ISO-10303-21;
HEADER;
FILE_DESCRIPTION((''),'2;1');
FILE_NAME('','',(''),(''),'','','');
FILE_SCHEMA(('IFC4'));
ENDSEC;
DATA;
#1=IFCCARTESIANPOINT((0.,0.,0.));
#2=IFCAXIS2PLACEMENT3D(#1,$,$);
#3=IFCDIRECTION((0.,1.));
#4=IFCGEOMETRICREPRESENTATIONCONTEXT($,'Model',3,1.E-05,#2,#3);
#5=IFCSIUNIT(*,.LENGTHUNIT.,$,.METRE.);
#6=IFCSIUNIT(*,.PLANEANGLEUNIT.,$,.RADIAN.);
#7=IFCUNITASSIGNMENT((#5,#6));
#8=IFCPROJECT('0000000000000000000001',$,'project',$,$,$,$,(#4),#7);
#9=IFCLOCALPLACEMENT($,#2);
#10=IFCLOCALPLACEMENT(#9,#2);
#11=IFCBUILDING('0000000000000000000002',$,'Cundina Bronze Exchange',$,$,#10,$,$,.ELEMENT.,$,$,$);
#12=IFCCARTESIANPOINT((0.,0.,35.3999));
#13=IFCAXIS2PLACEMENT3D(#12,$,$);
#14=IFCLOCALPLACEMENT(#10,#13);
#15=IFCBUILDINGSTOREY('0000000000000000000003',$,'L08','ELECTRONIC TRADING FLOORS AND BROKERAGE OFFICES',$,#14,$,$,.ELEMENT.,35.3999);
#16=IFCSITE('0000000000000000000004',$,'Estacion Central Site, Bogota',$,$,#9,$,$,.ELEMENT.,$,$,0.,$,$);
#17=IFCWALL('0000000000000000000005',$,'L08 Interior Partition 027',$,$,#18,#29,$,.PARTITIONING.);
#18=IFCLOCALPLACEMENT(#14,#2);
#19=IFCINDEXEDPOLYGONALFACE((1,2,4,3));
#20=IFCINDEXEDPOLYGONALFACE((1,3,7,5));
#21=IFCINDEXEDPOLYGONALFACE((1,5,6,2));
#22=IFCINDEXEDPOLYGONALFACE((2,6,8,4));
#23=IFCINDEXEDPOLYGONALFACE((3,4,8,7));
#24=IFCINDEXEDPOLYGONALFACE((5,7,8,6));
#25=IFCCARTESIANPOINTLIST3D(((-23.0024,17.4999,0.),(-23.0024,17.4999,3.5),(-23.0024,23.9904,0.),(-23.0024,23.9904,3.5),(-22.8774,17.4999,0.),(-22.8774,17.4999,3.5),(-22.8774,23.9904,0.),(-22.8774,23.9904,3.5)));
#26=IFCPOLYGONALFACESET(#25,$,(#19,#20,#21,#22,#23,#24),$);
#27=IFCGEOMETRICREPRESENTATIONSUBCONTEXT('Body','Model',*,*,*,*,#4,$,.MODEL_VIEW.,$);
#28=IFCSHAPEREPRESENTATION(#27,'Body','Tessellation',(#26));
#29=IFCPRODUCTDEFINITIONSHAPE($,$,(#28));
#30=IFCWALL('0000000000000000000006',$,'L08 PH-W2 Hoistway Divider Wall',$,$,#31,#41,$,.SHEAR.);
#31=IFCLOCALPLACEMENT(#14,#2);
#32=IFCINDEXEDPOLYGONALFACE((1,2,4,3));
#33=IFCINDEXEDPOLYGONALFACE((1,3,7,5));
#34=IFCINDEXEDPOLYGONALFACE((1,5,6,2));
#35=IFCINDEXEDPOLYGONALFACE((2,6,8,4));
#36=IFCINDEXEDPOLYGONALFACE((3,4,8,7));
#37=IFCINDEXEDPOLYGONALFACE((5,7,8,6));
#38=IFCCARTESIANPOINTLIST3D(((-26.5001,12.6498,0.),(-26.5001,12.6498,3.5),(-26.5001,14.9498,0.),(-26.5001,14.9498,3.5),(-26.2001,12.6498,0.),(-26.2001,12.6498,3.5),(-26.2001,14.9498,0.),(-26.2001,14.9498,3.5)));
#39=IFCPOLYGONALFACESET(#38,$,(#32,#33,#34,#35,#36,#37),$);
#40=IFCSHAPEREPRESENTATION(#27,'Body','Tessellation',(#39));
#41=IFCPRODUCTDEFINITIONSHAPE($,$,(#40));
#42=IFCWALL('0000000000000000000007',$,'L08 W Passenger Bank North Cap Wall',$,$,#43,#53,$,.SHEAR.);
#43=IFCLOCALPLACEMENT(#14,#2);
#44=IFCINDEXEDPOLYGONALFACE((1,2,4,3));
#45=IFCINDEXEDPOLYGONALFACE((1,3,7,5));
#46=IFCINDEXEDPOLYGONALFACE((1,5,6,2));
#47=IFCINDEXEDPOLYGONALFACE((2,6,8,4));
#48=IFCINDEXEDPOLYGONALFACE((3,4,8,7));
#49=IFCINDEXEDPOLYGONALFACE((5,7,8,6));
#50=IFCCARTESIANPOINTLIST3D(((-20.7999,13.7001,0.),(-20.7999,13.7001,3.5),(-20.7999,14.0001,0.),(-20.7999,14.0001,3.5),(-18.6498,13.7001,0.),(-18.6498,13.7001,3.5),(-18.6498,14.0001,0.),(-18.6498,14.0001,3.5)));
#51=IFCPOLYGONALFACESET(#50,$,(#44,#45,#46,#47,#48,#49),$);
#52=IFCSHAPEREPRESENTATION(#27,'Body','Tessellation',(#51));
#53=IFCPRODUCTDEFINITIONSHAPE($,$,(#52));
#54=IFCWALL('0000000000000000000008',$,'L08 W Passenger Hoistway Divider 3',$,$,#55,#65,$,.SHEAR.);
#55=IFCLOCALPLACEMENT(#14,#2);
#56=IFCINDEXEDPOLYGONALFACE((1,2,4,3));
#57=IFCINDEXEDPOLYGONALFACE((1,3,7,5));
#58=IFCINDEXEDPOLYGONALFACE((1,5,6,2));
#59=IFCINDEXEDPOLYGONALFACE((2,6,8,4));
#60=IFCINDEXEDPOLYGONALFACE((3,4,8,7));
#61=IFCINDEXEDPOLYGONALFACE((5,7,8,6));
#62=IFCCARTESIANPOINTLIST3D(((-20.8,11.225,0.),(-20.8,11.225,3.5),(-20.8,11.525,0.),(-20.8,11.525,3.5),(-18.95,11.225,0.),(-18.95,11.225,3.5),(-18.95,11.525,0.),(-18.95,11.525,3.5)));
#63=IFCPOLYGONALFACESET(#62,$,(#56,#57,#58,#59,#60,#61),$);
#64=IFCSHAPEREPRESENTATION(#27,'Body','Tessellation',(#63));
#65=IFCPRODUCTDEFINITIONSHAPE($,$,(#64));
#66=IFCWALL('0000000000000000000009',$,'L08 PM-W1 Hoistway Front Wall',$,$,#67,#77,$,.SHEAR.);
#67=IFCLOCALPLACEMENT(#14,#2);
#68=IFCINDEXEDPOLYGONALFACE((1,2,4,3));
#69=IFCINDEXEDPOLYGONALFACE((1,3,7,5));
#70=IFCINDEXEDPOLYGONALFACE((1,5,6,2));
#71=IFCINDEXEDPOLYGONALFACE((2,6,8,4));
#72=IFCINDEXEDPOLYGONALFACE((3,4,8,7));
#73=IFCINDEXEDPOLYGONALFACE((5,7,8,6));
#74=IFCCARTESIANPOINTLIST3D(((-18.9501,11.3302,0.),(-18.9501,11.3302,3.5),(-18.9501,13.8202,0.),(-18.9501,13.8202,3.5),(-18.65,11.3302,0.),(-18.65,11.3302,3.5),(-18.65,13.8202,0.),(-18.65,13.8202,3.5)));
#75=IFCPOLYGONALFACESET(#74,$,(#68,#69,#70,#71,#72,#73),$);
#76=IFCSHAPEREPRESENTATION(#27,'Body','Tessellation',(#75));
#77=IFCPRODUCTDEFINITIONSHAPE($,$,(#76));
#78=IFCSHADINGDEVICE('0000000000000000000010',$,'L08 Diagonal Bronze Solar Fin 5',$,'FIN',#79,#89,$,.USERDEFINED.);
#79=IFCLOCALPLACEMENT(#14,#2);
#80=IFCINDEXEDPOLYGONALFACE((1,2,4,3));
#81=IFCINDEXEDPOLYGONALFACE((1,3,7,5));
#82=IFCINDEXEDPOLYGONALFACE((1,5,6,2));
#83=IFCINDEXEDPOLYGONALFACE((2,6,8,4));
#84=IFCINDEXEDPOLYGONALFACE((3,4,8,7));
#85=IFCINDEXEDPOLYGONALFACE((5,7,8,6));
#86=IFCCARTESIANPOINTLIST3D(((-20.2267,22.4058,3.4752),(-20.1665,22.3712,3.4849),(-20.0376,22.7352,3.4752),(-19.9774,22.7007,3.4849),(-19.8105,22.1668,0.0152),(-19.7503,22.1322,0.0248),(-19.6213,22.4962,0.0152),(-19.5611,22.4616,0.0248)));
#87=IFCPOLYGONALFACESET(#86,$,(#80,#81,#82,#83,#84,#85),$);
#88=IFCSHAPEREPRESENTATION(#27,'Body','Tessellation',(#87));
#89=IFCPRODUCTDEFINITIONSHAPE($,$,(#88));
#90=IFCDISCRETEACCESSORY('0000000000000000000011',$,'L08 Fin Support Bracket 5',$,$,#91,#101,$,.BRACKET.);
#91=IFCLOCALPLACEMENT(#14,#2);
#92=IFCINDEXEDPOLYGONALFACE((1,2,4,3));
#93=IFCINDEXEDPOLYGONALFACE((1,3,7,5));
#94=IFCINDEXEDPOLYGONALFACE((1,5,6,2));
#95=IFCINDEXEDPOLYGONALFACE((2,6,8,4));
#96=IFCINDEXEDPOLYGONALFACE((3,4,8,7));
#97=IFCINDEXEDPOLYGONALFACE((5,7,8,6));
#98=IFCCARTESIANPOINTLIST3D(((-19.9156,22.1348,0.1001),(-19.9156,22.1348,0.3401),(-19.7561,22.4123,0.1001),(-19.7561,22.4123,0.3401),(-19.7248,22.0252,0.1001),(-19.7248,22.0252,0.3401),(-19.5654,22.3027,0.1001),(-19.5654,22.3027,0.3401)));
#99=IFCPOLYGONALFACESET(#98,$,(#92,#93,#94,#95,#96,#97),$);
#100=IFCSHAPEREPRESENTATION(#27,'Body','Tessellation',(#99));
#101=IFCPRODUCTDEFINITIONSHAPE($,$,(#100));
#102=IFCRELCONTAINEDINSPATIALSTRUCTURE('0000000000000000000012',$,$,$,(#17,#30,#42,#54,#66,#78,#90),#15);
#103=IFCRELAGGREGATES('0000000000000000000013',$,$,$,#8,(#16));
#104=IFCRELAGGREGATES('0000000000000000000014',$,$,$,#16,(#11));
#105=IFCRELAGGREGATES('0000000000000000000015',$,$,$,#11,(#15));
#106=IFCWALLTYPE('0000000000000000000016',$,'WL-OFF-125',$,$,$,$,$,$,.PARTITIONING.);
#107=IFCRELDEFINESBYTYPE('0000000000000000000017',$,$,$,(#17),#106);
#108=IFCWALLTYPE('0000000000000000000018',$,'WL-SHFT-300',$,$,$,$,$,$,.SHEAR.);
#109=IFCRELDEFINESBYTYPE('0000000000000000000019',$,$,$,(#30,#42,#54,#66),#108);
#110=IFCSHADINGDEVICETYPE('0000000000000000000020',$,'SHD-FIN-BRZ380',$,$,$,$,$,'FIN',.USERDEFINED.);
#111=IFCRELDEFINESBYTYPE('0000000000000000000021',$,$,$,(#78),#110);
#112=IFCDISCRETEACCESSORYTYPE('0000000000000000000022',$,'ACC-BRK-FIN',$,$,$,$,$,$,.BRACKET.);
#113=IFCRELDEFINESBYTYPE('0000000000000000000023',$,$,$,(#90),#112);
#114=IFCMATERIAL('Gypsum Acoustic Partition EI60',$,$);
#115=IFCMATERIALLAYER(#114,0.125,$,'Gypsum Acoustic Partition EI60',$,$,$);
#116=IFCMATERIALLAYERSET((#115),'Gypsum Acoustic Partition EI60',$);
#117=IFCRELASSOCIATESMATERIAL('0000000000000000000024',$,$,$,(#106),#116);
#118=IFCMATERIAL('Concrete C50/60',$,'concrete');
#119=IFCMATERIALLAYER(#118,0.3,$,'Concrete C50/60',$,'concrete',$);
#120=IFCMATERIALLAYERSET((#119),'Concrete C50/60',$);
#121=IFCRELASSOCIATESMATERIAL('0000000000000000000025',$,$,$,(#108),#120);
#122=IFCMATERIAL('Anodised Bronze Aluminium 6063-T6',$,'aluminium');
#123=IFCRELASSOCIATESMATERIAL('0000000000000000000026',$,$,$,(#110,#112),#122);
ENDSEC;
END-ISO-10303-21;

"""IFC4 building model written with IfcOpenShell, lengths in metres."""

from ifc_helpers import new_model, si_unit, direction, frame, frame_2d, origin, origin_2d, place, context, subcontext, project, spatial, rectangle, extrude, material, layer, layer_set, material_profile, profile_set, type_object, element, save


model = new_model("IFC4")

# Units and contexts
model_context = context("Model", 3, precision=1e-05, world=origin(), true_north=direction((0.0, 1.0)))
body_context = subcontext(model_context, "Body", "Model", "MODEL_VIEW")
ifc_project = project(units=[si_unit("LENGTHUNIT", "METRE"), si_unit("PLANEANGLEUNIT", "RADIAN")], contexts=[model_context])

# Site, building, storey
site_placement = place(None, origin())
site = spatial("IfcSite", under=ifc_project, at=site_placement, Name="Estacion Central Site, Bogota", CompositionType="ELEMENT", RefElevation=0.0)
building_placement = place(site_placement, origin())
building = spatial("IfcBuilding", under=site, at=building_placement, Name="Cundina Bronze Exchange", CompositionType="ELEMENT")
storey_placement = place(building_placement, frame((0.0, 0.0, 35.3999)))
storey = spatial("IfcBuildingStorey", under=building, at=storey_placement, Name="L08", Description="ELECTRONIC TRADING FLOORS AND BROKERAGE OFFICES", CompositionType="ELEMENT", Elevation=35.3999)

# Shared definitions
ifc_material_1 = material(Name="Anodised Bronze Aluminium 6063-T6", Category="aluminium")

# Wall
ifc_material_2 = material(Name="Gypsum Acoustic Partition EI60")
ifc_layer_1 = layer(ifc_material_2, 0.125, Name="Gypsum Acoustic Partition EI60")
ifc_layer_set_1 = layer_set([ifc_layer_1], Name="Gypsum Acoustic Partition EI60")
wall_type_1 = type_object("IfcWallType", Name="WL-OFF-125", PredefinedType="PARTITIONING", material=ifc_layer_set_1)
wall_1_placement = place(storey_placement, frame((-22.9399, 17.5, 0.0), z_axis=(0.0, 0.0, 1.0), x_axis=(0.0, 1.0, 0.0)))
element("IfcWall", 1, at=wall_1_placement, inside=storey, type_object=wall_type_1, Name="L08 Interior Partition 027", PredefinedType="PARTITIONING", context=body_context, shape_type="SweptSolid", body=[
    extrude(rectangle(XDim=6.4905, YDim=0.125, at=frame_2d((3.2451, 0.0))), origin(), (0.0, 0.0, 1.0), 3.5),
])

# Shared definitions
ifc_material_3 = material(Name="Concrete C50/60", Category="concrete")
ifc_layer_2 = layer(ifc_material_3, 0.3, Name="Concrete C50/60", Category="concrete")
ifc_layer_set_2 = layer_set([ifc_layer_2], Name="Concrete C50/60")
wall_type_2 = type_object("IfcWallType", Name="WL-SHFT-300", PredefinedType="SHEAR", material=ifc_layer_set_2)

# Walls
wall_2_placement = place(storey_placement, frame((-26.3501, 12.6499, 0.0), z_axis=(0.0, 0.0, 1.0), x_axis=(0.0, 1.0, 0.0)))
element("IfcWall", 2, at=wall_2_placement, inside=storey, type_object=wall_type_2, Name="L08 PH-W2 Hoistway Divider Wall", PredefinedType="SHEAR", context=body_context, shape_type="SweptSolid", body=[
    extrude(rectangle(XDim=2.3, YDim=0.3, at=frame_2d((1.1499, 0.0))), origin(), (0.0, 0.0, 1.0), 3.5),
])
wall_3_placement = place(storey_placement, frame((-20.8, 13.8501, 0.0), z_axis=(0.0, 0.0, 1.0), x_axis=(1.0, 0.0, 0.0)))
element("IfcWall", 3, at=wall_3_placement, inside=storey, type_object=wall_type_2, Name="L08 W Passenger Bank North Cap Wall", PredefinedType="SHEAR", context=body_context, shape_type="SweptSolid", body=[
    extrude(rectangle(XDim=2.1501, YDim=0.3, at=frame_2d((1.0752, 0.0))), origin(), (0.0, 0.0, 1.0), 3.5),
])
wall_4_placement = place(storey_placement, frame((-20.8, 11.375, 0.0), z_axis=(0.0, 0.0, 1.0), x_axis=(1.0, 0.0, 0.0)))
element("IfcWall", 4, at=wall_4_placement, inside=storey, type_object=wall_type_2, Name="L08 W Passenger Hoistway Divider 3", PredefinedType="SHEAR", context=body_context, shape_type="SweptSolid", body=[
    extrude(rectangle(XDim=1.8501, YDim=0.3, at=frame_2d((0.925, 0.0))), origin(), (0.0, 0.0, 1.0), 3.5),
])
wall_5_placement = place(storey_placement, frame((-18.8, 11.3301, 0.0), z_axis=(0.0, 0.0, 1.0), x_axis=(0.0, 1.0, 0.0)))
element("IfcWall", 5, at=wall_5_placement, inside=storey, type_object=wall_type_2, Name="L08 PM-W1 Hoistway Front Wall", PredefinedType="SHEAR", context=body_context, shape_type="SweptSolid", body=[
    extrude(rectangle(XDim=2.49, YDim=0.3, at=frame_2d((1.2451, 0.0))), origin(), (0.0, 0.0, 1.0), 3.5),
])

# Shading device
ifc_material_profile_1 = material_profile(ifc_material_1, rectangle(XDim=0.0701, YDim=0.3799, at=origin_2d()), Name="FIN70X380", Category="aluminium")
ifc_profile_set_1 = profile_set([ifc_material_profile_1], Name="Anodised Bronze Aluminium 6063-T6")
shading_device_type = type_object("IfcShadingDeviceType", Name="SHD-FIN-BRZ380", ElementType="FIN", PredefinedType="USERDEFINED", material=ifc_profile_set_1)
shading_device_placement = place(storey_placement, frame((-19.6858, 22.3142, 0.02), z_axis=(-0.119166, 0.068425, 0.990514), x_axis=(0.858982, -0.493222, 0.137414)))
element("IfcShadingDevice", 6, at=shading_device_placement, inside=storey, type_object=shading_device_type, Name="L08 Diagonal Bronze Solar Fin 5", ObjectType="FIN", PredefinedType="USERDEFINED", context=body_context, shape_type="SweptSolid", body=[
    extrude(rectangle(XDim=0.0701, YDim=0.3799, at=origin_2d()), origin(), (0.0, 0.0, 1.0), 3.4932),
])

# Discrete accessory
discrete_accessory_type = type_object("IfcDiscreteAccessoryType", Name="ACC-BRK-FIN", PredefinedType="BRACKET", material=ifc_material_1)
discrete_accessory_placement = place(storey_placement, frame((-19.7405, 22.2188, 0.1001), z_axis=(0.0, 0.0, 1.0), x_axis=(-0.867105, 0.498125, 0.0)))
element("IfcDiscreteAccessory", 7, at=discrete_accessory_placement, inside=storey, type_object=discrete_accessory_type, Name="L08 Fin Support Bracket 5", PredefinedType="BRACKET", context=body_context, shape_type="SweptSolid", body=[
    extrude(rectangle(XDim=0.22, YDim=0.3201, at=origin_2d()), origin(), (0.0, 0.0, 1.0), 0.24),
])

save(model, "model.ifc")
